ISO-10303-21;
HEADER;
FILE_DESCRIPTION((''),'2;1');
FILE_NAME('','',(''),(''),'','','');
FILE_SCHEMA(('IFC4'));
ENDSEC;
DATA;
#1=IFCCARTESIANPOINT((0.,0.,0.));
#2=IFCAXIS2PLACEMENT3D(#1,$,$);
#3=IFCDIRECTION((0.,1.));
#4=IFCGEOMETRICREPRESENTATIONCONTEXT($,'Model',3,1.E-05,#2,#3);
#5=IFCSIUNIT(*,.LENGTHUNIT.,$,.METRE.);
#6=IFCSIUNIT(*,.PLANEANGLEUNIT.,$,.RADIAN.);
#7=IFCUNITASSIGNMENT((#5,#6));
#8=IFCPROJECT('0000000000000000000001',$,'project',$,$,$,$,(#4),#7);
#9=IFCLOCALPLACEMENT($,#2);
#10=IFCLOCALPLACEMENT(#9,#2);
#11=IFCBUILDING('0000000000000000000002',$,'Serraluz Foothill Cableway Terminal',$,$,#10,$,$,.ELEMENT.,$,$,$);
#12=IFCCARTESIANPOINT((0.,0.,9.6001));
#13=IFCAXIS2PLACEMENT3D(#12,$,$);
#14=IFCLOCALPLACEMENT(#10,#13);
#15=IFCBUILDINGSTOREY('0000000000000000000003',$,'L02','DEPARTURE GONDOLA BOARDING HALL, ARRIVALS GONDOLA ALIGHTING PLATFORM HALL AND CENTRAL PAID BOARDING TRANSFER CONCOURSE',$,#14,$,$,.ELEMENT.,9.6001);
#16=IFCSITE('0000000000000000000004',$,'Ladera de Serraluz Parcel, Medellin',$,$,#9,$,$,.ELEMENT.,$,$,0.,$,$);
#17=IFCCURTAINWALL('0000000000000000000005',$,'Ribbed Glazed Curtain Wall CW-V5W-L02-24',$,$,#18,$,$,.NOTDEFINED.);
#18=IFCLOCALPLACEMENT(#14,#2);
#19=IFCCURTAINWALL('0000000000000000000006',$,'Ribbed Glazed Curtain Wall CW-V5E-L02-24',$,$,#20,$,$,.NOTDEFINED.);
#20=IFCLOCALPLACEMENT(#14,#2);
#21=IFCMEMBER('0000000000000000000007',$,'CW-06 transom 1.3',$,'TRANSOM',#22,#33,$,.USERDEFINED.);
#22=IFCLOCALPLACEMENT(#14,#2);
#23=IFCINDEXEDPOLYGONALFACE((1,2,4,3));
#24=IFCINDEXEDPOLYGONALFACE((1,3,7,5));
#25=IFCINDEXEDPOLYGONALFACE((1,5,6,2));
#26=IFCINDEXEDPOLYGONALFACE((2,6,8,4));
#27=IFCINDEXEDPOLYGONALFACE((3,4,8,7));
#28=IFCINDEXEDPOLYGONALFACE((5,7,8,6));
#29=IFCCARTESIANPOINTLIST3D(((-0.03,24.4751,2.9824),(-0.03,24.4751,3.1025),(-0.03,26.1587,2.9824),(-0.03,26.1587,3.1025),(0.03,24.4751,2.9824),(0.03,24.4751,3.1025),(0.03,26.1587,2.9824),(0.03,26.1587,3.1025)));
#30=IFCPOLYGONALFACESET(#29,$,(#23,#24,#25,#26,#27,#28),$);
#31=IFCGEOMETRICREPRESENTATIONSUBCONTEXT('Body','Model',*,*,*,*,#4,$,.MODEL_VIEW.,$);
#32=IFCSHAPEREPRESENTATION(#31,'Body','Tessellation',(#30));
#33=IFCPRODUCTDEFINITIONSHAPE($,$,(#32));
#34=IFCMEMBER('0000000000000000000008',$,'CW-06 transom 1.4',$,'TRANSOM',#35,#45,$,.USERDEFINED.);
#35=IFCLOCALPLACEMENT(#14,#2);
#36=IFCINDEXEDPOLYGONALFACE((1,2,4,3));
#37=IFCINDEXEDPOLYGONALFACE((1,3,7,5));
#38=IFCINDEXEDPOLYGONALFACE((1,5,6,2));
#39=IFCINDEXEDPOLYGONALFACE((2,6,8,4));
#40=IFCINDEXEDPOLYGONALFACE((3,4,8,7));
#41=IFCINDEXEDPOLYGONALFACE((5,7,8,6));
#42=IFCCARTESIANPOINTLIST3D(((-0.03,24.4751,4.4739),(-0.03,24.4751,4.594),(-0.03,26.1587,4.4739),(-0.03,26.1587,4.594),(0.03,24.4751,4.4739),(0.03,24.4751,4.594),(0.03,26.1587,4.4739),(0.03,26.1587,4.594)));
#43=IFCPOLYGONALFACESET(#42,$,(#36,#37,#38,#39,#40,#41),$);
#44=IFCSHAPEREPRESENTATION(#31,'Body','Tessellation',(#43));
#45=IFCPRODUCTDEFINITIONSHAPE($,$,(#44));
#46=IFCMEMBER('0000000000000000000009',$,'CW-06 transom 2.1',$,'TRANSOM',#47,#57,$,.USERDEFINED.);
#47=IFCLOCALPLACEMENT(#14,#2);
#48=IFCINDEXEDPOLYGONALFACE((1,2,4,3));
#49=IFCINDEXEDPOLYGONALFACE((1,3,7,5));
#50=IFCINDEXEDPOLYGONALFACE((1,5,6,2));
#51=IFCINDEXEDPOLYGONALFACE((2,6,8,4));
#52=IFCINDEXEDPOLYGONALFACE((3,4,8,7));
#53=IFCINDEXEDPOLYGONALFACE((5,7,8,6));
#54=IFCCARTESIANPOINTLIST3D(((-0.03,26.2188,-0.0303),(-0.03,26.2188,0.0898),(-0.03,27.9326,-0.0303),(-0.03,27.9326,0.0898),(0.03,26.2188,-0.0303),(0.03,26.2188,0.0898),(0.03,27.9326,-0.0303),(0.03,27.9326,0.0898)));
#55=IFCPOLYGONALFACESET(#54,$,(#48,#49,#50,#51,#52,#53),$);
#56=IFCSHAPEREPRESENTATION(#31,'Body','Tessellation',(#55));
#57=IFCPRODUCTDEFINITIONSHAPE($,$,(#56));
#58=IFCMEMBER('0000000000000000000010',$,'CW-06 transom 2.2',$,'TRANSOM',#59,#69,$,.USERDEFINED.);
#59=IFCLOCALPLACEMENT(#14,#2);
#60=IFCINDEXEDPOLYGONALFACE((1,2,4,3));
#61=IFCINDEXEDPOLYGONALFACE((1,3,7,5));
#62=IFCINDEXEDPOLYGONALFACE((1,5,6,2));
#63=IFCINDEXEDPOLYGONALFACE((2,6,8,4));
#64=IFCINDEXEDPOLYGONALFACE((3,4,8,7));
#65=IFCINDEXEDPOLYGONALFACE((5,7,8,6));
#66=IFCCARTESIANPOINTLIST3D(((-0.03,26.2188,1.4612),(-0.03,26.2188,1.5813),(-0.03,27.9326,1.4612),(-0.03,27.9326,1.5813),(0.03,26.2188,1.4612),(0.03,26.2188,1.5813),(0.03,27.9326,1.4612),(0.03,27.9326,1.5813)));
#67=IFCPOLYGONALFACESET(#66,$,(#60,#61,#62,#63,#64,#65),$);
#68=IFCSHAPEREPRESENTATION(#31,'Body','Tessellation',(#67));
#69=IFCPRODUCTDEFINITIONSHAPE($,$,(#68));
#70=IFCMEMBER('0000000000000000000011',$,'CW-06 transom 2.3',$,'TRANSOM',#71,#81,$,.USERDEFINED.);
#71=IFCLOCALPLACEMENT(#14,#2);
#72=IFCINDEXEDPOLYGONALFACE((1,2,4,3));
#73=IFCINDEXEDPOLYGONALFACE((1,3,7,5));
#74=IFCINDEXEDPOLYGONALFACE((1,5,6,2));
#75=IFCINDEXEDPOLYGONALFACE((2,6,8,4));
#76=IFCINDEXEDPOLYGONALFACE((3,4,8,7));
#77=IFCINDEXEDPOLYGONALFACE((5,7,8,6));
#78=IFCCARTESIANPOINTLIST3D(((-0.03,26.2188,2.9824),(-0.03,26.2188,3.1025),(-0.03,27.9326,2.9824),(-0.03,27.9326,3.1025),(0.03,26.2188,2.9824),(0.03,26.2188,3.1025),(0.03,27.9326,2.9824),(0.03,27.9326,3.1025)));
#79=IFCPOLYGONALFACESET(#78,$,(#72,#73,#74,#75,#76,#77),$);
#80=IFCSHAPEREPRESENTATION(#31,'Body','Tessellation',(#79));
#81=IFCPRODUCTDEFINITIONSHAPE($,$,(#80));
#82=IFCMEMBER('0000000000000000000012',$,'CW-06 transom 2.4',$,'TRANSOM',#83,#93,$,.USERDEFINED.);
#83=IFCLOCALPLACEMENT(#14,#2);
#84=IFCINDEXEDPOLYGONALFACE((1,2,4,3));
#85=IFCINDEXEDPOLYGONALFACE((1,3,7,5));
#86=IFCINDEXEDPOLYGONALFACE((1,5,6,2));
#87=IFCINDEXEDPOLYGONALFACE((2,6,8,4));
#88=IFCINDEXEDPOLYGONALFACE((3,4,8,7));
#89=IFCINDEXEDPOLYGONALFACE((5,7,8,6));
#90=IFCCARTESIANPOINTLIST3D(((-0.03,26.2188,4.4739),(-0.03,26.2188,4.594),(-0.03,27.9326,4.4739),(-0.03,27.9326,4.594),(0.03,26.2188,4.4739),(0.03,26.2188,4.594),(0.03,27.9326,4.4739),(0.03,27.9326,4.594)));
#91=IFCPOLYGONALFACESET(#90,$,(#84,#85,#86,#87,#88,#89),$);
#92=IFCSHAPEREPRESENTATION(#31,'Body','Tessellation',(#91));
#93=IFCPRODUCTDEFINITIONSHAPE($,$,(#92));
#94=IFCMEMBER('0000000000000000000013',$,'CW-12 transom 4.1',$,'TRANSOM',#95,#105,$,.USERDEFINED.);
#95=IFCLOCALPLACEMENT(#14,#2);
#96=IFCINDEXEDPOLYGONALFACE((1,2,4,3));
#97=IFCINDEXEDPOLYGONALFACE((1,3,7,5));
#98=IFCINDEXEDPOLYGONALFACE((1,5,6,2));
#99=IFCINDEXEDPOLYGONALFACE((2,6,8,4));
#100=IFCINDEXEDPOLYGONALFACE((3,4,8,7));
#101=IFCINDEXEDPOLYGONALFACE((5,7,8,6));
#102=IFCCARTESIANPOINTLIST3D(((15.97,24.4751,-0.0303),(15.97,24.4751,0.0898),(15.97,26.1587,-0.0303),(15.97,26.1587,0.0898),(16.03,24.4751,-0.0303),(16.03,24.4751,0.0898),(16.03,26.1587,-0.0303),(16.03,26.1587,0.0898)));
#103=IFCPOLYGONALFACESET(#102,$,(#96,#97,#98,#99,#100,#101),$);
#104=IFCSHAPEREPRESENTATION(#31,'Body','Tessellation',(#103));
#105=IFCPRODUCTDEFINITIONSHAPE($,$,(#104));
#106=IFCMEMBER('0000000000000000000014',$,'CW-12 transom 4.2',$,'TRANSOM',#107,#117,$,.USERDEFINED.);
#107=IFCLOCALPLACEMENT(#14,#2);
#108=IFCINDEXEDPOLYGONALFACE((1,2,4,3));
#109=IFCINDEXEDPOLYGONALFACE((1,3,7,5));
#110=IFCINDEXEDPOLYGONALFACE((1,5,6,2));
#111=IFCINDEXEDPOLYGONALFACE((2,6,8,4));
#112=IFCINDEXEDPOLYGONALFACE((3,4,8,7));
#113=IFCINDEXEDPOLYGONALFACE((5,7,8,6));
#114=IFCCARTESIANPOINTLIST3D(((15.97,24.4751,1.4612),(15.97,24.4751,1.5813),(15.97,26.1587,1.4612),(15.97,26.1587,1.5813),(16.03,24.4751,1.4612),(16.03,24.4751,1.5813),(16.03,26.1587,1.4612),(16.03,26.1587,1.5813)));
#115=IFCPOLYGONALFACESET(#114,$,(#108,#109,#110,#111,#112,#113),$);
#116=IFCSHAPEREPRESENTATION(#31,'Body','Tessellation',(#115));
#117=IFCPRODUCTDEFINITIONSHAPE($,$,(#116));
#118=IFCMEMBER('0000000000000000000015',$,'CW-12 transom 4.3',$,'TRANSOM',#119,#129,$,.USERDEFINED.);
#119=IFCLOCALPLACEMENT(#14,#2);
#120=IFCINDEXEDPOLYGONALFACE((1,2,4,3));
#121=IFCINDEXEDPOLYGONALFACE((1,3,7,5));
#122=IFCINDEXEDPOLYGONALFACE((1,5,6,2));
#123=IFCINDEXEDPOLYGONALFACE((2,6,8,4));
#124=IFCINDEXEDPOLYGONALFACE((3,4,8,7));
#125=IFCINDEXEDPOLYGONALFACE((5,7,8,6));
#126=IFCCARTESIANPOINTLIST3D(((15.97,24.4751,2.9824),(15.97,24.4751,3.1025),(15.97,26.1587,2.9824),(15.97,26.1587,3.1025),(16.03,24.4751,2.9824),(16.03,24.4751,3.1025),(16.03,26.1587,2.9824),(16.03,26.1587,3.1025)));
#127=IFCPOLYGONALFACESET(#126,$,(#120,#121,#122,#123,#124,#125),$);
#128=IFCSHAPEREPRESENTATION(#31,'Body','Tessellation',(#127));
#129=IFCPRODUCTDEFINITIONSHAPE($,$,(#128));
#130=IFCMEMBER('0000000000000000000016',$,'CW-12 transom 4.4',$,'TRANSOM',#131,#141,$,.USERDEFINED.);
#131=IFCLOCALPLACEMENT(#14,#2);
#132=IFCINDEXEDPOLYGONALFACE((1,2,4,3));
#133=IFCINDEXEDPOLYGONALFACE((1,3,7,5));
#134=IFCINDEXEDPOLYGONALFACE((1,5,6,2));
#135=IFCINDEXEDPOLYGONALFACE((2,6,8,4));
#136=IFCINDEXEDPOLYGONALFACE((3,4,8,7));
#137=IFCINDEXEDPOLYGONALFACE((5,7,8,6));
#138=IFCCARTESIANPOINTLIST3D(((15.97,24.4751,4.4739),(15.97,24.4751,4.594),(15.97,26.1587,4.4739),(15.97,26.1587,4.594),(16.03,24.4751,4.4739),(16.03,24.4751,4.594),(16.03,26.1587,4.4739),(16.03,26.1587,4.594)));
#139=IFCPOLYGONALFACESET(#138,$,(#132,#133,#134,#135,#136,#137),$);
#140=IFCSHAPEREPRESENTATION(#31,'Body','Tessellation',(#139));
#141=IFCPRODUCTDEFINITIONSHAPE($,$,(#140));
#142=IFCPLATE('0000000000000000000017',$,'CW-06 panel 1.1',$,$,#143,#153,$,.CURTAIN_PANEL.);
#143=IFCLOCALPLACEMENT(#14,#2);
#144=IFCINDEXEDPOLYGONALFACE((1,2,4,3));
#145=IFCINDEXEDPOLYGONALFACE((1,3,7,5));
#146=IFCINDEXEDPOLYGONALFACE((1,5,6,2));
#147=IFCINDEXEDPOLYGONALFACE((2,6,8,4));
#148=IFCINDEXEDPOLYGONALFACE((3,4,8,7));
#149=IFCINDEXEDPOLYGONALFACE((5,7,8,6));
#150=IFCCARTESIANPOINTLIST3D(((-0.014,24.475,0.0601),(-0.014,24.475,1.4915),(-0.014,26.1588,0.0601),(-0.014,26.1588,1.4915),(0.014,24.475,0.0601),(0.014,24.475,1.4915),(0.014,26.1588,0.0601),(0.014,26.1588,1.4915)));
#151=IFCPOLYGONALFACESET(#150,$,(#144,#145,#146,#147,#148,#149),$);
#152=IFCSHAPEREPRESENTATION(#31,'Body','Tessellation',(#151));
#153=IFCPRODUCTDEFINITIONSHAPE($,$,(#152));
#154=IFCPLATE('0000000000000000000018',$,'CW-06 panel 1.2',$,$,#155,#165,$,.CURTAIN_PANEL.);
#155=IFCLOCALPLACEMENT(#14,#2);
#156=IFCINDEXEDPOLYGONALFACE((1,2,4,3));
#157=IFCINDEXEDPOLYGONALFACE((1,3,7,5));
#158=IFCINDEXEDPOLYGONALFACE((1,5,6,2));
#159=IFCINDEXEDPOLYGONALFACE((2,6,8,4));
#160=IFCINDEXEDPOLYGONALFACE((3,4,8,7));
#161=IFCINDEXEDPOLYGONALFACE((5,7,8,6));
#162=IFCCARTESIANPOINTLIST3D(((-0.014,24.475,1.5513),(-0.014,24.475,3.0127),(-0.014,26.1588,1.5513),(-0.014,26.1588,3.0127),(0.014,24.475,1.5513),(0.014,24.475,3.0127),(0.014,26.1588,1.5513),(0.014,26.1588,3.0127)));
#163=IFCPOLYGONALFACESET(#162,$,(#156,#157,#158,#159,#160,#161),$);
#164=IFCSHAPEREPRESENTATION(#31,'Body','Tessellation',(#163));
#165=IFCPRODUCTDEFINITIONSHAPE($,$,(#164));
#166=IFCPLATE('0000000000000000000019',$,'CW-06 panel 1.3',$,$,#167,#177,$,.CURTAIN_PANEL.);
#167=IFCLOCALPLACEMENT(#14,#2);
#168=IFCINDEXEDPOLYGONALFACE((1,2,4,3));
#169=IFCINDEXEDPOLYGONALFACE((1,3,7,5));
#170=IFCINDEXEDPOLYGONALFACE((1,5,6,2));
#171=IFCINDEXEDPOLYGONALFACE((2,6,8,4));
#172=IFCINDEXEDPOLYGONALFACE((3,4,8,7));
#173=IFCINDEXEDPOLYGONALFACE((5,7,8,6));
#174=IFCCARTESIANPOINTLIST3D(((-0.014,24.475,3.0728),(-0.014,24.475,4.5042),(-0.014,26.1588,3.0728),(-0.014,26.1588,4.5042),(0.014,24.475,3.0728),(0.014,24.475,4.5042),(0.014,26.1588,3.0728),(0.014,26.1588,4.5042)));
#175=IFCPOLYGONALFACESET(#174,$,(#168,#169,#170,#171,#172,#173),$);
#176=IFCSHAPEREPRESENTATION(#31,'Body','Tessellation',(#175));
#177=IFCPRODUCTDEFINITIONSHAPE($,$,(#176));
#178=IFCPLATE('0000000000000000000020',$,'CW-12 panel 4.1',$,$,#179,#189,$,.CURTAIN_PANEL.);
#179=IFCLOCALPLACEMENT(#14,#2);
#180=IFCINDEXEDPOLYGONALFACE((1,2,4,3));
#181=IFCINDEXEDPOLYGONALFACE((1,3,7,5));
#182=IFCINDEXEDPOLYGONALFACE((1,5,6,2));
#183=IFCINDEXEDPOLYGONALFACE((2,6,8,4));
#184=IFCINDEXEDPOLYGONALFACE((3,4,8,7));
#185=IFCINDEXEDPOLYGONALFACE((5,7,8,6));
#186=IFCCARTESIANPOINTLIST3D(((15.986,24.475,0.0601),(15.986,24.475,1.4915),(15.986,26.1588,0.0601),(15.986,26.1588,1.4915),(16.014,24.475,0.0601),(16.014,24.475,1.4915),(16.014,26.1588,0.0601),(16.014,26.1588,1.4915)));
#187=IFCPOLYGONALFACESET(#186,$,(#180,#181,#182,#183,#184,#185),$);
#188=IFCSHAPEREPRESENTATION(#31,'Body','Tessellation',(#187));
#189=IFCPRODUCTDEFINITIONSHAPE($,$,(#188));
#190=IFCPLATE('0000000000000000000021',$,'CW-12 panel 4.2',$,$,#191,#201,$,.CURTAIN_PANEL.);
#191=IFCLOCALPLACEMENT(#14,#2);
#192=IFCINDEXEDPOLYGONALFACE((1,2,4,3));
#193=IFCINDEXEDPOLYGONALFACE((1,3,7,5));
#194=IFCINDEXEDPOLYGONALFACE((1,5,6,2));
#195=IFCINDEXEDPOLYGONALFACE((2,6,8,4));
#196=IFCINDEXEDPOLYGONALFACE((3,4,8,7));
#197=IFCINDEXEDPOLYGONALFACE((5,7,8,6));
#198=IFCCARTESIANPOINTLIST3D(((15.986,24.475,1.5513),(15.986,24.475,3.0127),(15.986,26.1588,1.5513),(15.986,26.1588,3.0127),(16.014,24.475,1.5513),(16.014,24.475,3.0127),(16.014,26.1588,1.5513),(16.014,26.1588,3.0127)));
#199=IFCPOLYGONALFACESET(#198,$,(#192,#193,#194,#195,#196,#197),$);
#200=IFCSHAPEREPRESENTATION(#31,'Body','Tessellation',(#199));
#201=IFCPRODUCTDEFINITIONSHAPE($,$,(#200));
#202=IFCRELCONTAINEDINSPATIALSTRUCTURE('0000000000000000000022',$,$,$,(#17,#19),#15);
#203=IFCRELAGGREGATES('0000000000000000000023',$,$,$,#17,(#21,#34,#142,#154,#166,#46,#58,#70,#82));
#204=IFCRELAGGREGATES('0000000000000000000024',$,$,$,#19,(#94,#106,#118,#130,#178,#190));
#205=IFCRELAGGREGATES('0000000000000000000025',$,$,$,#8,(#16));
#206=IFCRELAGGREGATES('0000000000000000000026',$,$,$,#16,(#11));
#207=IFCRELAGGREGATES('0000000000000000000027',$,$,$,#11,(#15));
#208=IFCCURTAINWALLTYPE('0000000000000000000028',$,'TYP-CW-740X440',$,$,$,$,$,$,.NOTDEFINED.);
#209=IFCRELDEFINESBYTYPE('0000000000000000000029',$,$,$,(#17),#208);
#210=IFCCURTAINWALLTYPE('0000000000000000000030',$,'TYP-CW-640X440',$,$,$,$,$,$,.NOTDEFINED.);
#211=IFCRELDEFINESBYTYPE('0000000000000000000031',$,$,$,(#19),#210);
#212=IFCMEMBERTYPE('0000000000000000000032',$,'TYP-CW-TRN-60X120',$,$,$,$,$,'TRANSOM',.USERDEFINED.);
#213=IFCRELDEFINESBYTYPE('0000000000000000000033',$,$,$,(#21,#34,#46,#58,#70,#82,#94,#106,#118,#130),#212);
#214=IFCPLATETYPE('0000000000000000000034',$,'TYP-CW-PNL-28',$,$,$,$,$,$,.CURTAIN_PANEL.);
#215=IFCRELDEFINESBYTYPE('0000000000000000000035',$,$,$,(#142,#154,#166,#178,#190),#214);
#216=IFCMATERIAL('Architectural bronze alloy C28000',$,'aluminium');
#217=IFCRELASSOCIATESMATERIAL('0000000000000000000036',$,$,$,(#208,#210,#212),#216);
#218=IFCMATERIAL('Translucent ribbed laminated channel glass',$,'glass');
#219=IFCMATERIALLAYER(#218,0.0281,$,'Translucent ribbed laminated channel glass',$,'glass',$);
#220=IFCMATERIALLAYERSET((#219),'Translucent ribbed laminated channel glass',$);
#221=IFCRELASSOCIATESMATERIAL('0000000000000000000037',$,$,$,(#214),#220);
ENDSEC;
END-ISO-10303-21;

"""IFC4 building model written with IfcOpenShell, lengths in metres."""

from ifc_helpers import new_model, si_unit, direction, frame, origin, origin_2d, place, context, subcontext, project, spatial, rectangle, extrude, material, layer, layer_set, material_profile, profile_set, type_object, element, aggregate, save


model = new_model("IFC4")

# Units and contexts
model_context = context("Model", 3, precision=1e-05, world=origin(), true_north=direction((0.0, 1.0)))
body_context = subcontext(model_context, "Body", "Model", "MODEL_VIEW")
ifc_project = project(units=[si_unit("LENGTHUNIT", "METRE"), si_unit("PLANEANGLEUNIT", "RADIAN")], contexts=[model_context])

# Site, building, storey
site_placement = place(None, origin())
site = spatial("IfcSite", under=ifc_project, at=site_placement, Name="Ladera de Serraluz Parcel, Medellin", CompositionType="ELEMENT", RefElevation=0.0)
building_placement = place(site_placement, origin())
building = spatial("IfcBuilding", under=site, at=building_placement, Name="Serraluz Foothill Cableway Terminal", CompositionType="ELEMENT")
storey_placement = place(building_placement, frame((0.0, 0.0, 9.6001)))
storey = spatial("IfcBuildingStorey", under=building, at=storey_placement, Name="L02", Description="DEPARTURE GONDOLA BOARDING HALL, ARRIVALS GONDOLA ALIGHTING PLATFORM HALL AND CENTRAL PAID BOARDING TRANSFER CONCOURSE", CompositionType="ELEMENT", Elevation=9.6001)

# Curtain walls
ifc_material_1 = material(Name="Architectural bronze alloy C28000", Category="aluminium")
curtain_wall_type_1 = type_object("IfcCurtainWallType", Name="TYP-CW-740X440", PredefinedType="NOTDEFINED", material=ifc_material_1)
curtain_wall_1_placement = place(storey_placement, origin())
curtain_wall_1 = element("IfcCurtainWall", 1, at=curtain_wall_1_placement, inside=storey, type_object=curtain_wall_type_1, Name="Ribbed Glazed Curtain Wall CW-V5W-L02-24", PredefinedType="NOTDEFINED")
curtain_wall_type_2 = type_object("IfcCurtainWallType", Name="TYP-CW-640X440", PredefinedType="NOTDEFINED", material=ifc_material_1)
curtain_wall_2_placement = place(storey_placement, origin())
curtain_wall_2 = element("IfcCurtainWall", 2, at=curtain_wall_2_placement, inside=storey, type_object=curtain_wall_type_2, Name="Ribbed Glazed Curtain Wall CW-V5E-L02-24", PredefinedType="NOTDEFINED")

# Members
ifc_material_profile_1 = material_profile(ifc_material_1, rectangle(XDim=0.0601, YDim=0.1201, at=origin_2d()), Name="ALU TRANSOM 60x120")
ifc_profile_set_1 = profile_set([ifc_material_profile_1], Name="Architectural bronze alloy C28000")
member_type_1 = type_object("IfcMemberType", Name="TYP-CW-TRN-60X120", ElementType="TRANSOM", PredefinedType="USERDEFINED", material=ifc_profile_set_1)
member_1_placement = place(storey_placement, frame((0.0, 24.4751, 3.0425), z_axis=(0.0, 1.0, 0.0), x_axis=(-1.0, 0.0, 0.0)))
member_1 = element("IfcMember", 3, at=member_1_placement, type_object=member_type_1, Name="CW-06 transom 1.3", ObjectType="TRANSOM", PredefinedType="USERDEFINED", context=body_context, shape_type="SweptSolid", body=[
    extrude(rectangle(XDim=0.0601, YDim=0.1201, at=origin_2d()), origin(), (0.0, 0.0, 1.0), 1.6836),
])
member_2_placement = place(storey_placement, frame((0.0, 24.4751, 4.5339), z_axis=(0.0, 1.0, 0.0), x_axis=(-1.0, 0.0, 0.0)))
member_2 = element("IfcMember", 4, at=member_2_placement, type_object=member_type_1, Name="CW-06 transom 1.4", ObjectType="TRANSOM", PredefinedType="USERDEFINED", context=body_context, shape_type="SweptSolid", body=[
    extrude(rectangle(XDim=0.0601, YDim=0.1201, at=origin_2d()), origin(), (0.0, 0.0, 1.0), 1.6836),
])
member_3_placement = place(storey_placement, frame((0.0, 26.2188, 0.0298), z_axis=(0.0, 1.0, 0.0), x_axis=(-1.0, 0.0, 0.0)))
member_3 = element("IfcMember", 5, at=member_3_placement, type_object=member_type_1, Name="CW-06 transom 2.1", ObjectType="TRANSOM", PredefinedType="USERDEFINED", context=body_context, shape_type="SweptSolid", body=[
    extrude(rectangle(XDim=0.0601, YDim=0.1201, at=origin_2d()), origin(), (0.0, 0.0, 1.0), 1.7139),
])
member_4_placement = place(storey_placement, frame((0.0, 26.2188, 1.5212), z_axis=(0.0, 1.0, 0.0), x_axis=(-1.0, 0.0, 0.0)))
member_4 = element("IfcMember", 6, at=member_4_placement, type_object=member_type_1, Name="CW-06 transom 2.2", ObjectType="TRANSOM", PredefinedType="USERDEFINED", context=body_context, shape_type="SweptSolid", body=[
    extrude(rectangle(XDim=0.0601, YDim=0.1201, at=origin_2d()), origin(), (0.0, 0.0, 1.0), 1.7139),
])
member_5_placement = place(storey_placement, frame((0.0, 26.2188, 3.0425), z_axis=(0.0, 1.0, 0.0), x_axis=(-1.0, 0.0, 0.0)))
member_5 = element("IfcMember", 7, at=member_5_placement, type_object=member_type_1, Name="CW-06 transom 2.3", ObjectType="TRANSOM", PredefinedType="USERDEFINED", context=body_context, shape_type="SweptSolid", body=[
    extrude(rectangle(XDim=0.0601, YDim=0.1201, at=origin_2d()), origin(), (0.0, 0.0, 1.0), 1.7139),
])
member_6_placement = place(storey_placement, frame((0.0, 26.2188, 4.5339), z_axis=(0.0, 1.0, 0.0), x_axis=(-1.0, 0.0, 0.0)))
member_6 = element("IfcMember", 8, at=member_6_placement, type_object=member_type_1, Name="CW-06 transom 2.4", ObjectType="TRANSOM", PredefinedType="USERDEFINED", context=body_context, shape_type="SweptSolid", body=[
    extrude(rectangle(XDim=0.0601, YDim=0.1201, at=origin_2d()), origin(), (0.0, 0.0, 1.0), 1.7139),
])
member_7_placement = place(storey_placement, frame((16.0, 26.1587, 0.0298), z_axis=(0.0, -1.0, 0.0), x_axis=(1.0, 0.0, 0.0)))
member_7 = element("IfcMember", 9, at=member_7_placement, type_object=member_type_1, Name="CW-12 transom 4.1", ObjectType="TRANSOM", PredefinedType="USERDEFINED", context=body_context, shape_type="SweptSolid", body=[
    extrude(rectangle(XDim=0.0601, YDim=0.1201, at=origin_2d()), origin(), (0.0, 0.0, 1.0), 1.6836),
])
member_8_placement = place(storey_placement, frame((16.0, 26.1587, 1.5212), z_axis=(0.0, -1.0, 0.0), x_axis=(1.0, 0.0, 0.0)))
member_8 = element("IfcMember", 10, at=member_8_placement, type_object=member_type_1, Name="CW-12 transom 4.2", ObjectType="TRANSOM", PredefinedType="USERDEFINED", context=body_context, shape_type="SweptSolid", body=[
    extrude(rectangle(XDim=0.0601, YDim=0.1201, at=origin_2d()), origin(), (0.0, 0.0, 1.0), 1.6836),
])
member_9_placement = place(storey_placement, frame((16.0, 26.1587, 3.0425), z_axis=(0.0, -1.0, 0.0), x_axis=(1.0, 0.0, 0.0)))
member_9 = element("IfcMember", 11, at=member_9_placement, type_object=member_type_1, Name="CW-12 transom 4.3", ObjectType="TRANSOM", PredefinedType="USERDEFINED", context=body_context, shape_type="SweptSolid", body=[
    extrude(rectangle(XDim=0.0601, YDim=0.1201, at=origin_2d()), origin(), (0.0, 0.0, 1.0), 1.6836),
])
member_10_placement = place(storey_placement, frame((16.0, 26.1587, 4.5339), z_axis=(0.0, -1.0, 0.0), x_axis=(1.0, 0.0, 0.0)))
member_10 = element("IfcMember", 12, at=member_10_placement, type_object=member_type_1, Name="CW-12 transom 4.4", ObjectType="TRANSOM", PredefinedType="USERDEFINED", context=body_context, shape_type="SweptSolid", body=[
    extrude(rectangle(XDim=0.0601, YDim=0.1201, at=origin_2d()), origin(), (0.0, 0.0, 1.0), 1.6836),
])

# Plates
ifc_material_2 = material(Name="Translucent ribbed laminated channel glass", Category="glass")
ifc_layer_1 = layer(ifc_material_2, 0.0281, Name="Translucent ribbed laminated channel glass", Category="glass")
ifc_layer_set_1 = layer_set([ifc_layer_1], Name="Translucent ribbed laminated channel glass")
plate_type = type_object("IfcPlateType", Name="TYP-CW-PNL-28", PredefinedType="CURTAIN_PANEL", material=ifc_layer_set_1)
plate_1_placement = place(storey_placement, frame((0.0, 25.3169, 0.0601), z_axis=(0.0, 0.0, 1.0), x_axis=(0.0, 1.0, 0.0)))
plate_1 = element("IfcPlate", 13, at=plate_1_placement, type_object=plate_type, Name="CW-06 panel 1.1", PredefinedType="CURTAIN_PANEL", context=body_context, shape_type="SweptSolid", body=[
    extrude(rectangle(XDim=1.6838, YDim=0.0281, at=origin_2d()), origin(), (0.0, 0.0, 1.0), 1.4314),
])
plate_2_placement = place(storey_placement, frame((0.0, 25.3169, 1.5513), z_axis=(0.0, 0.0, 1.0), x_axis=(0.0, 1.0, 0.0)))
plate_2 = element("IfcPlate", 14, at=plate_2_placement, type_object=plate_type, Name="CW-06 panel 1.2", PredefinedType="CURTAIN_PANEL", context=body_context, shape_type="SweptSolid", body=[
    extrude(rectangle(XDim=1.6838, YDim=0.0281, at=origin_2d()), origin(), (0.0, 0.0, 1.0), 1.4614),
])
plate_3_placement = place(storey_placement, frame((0.0, 25.3169, 3.0728), z_axis=(0.0, 0.0, 1.0), x_axis=(0.0, 1.0, 0.0)))
plate_3 = element("IfcPlate", 15, at=plate_3_placement, type_object=plate_type, Name="CW-06 panel 1.3", PredefinedType="CURTAIN_PANEL", context=body_context, shape_type="SweptSolid", body=[
    extrude(rectangle(XDim=1.6838, YDim=0.0281, at=origin_2d()), origin(), (0.0, 0.0, 1.0), 1.4314),
])
aggregate(curtain_wall_1, [member_1, member_2, plate_1, plate_2, plate_3, member_3, member_4, member_5, member_6])
plate_4_placement = place(storey_placement, frame((16.0, 25.3169, 0.0601), z_axis=(0.0, 0.0, 1.0), x_axis=(0.0, -1.0, 0.0)))
plate_4 = element("IfcPlate", 16, at=plate_4_placement, type_object=plate_type, Name="CW-12 panel 4.1", PredefinedType="CURTAIN_PANEL", context=body_context, shape_type="SweptSolid", body=[
    extrude(rectangle(XDim=1.6838, YDim=0.0281, at=origin_2d()), origin(), (0.0, 0.0, 1.0), 1.4314),
])
plate_5_placement = place(storey_placement, frame((16.0, 25.3169, 1.5513), z_axis=(0.0, 0.0, 1.0), x_axis=(0.0, -1.0, 0.0)))
plate_5 = element("IfcPlate", 17, at=plate_5_placement, type_object=plate_type, Name="CW-12 panel 4.2", PredefinedType="CURTAIN_PANEL", context=body_context, shape_type="SweptSolid", body=[
    extrude(rectangle(XDim=1.6838, YDim=0.0281, at=origin_2d()), origin(), (0.0, 0.0, 1.0), 1.4614),
])
aggregate(curtain_wall_2, [member_7, member_8, member_9, member_10, plate_4, plate_5])

save(model, "model.ifc")
